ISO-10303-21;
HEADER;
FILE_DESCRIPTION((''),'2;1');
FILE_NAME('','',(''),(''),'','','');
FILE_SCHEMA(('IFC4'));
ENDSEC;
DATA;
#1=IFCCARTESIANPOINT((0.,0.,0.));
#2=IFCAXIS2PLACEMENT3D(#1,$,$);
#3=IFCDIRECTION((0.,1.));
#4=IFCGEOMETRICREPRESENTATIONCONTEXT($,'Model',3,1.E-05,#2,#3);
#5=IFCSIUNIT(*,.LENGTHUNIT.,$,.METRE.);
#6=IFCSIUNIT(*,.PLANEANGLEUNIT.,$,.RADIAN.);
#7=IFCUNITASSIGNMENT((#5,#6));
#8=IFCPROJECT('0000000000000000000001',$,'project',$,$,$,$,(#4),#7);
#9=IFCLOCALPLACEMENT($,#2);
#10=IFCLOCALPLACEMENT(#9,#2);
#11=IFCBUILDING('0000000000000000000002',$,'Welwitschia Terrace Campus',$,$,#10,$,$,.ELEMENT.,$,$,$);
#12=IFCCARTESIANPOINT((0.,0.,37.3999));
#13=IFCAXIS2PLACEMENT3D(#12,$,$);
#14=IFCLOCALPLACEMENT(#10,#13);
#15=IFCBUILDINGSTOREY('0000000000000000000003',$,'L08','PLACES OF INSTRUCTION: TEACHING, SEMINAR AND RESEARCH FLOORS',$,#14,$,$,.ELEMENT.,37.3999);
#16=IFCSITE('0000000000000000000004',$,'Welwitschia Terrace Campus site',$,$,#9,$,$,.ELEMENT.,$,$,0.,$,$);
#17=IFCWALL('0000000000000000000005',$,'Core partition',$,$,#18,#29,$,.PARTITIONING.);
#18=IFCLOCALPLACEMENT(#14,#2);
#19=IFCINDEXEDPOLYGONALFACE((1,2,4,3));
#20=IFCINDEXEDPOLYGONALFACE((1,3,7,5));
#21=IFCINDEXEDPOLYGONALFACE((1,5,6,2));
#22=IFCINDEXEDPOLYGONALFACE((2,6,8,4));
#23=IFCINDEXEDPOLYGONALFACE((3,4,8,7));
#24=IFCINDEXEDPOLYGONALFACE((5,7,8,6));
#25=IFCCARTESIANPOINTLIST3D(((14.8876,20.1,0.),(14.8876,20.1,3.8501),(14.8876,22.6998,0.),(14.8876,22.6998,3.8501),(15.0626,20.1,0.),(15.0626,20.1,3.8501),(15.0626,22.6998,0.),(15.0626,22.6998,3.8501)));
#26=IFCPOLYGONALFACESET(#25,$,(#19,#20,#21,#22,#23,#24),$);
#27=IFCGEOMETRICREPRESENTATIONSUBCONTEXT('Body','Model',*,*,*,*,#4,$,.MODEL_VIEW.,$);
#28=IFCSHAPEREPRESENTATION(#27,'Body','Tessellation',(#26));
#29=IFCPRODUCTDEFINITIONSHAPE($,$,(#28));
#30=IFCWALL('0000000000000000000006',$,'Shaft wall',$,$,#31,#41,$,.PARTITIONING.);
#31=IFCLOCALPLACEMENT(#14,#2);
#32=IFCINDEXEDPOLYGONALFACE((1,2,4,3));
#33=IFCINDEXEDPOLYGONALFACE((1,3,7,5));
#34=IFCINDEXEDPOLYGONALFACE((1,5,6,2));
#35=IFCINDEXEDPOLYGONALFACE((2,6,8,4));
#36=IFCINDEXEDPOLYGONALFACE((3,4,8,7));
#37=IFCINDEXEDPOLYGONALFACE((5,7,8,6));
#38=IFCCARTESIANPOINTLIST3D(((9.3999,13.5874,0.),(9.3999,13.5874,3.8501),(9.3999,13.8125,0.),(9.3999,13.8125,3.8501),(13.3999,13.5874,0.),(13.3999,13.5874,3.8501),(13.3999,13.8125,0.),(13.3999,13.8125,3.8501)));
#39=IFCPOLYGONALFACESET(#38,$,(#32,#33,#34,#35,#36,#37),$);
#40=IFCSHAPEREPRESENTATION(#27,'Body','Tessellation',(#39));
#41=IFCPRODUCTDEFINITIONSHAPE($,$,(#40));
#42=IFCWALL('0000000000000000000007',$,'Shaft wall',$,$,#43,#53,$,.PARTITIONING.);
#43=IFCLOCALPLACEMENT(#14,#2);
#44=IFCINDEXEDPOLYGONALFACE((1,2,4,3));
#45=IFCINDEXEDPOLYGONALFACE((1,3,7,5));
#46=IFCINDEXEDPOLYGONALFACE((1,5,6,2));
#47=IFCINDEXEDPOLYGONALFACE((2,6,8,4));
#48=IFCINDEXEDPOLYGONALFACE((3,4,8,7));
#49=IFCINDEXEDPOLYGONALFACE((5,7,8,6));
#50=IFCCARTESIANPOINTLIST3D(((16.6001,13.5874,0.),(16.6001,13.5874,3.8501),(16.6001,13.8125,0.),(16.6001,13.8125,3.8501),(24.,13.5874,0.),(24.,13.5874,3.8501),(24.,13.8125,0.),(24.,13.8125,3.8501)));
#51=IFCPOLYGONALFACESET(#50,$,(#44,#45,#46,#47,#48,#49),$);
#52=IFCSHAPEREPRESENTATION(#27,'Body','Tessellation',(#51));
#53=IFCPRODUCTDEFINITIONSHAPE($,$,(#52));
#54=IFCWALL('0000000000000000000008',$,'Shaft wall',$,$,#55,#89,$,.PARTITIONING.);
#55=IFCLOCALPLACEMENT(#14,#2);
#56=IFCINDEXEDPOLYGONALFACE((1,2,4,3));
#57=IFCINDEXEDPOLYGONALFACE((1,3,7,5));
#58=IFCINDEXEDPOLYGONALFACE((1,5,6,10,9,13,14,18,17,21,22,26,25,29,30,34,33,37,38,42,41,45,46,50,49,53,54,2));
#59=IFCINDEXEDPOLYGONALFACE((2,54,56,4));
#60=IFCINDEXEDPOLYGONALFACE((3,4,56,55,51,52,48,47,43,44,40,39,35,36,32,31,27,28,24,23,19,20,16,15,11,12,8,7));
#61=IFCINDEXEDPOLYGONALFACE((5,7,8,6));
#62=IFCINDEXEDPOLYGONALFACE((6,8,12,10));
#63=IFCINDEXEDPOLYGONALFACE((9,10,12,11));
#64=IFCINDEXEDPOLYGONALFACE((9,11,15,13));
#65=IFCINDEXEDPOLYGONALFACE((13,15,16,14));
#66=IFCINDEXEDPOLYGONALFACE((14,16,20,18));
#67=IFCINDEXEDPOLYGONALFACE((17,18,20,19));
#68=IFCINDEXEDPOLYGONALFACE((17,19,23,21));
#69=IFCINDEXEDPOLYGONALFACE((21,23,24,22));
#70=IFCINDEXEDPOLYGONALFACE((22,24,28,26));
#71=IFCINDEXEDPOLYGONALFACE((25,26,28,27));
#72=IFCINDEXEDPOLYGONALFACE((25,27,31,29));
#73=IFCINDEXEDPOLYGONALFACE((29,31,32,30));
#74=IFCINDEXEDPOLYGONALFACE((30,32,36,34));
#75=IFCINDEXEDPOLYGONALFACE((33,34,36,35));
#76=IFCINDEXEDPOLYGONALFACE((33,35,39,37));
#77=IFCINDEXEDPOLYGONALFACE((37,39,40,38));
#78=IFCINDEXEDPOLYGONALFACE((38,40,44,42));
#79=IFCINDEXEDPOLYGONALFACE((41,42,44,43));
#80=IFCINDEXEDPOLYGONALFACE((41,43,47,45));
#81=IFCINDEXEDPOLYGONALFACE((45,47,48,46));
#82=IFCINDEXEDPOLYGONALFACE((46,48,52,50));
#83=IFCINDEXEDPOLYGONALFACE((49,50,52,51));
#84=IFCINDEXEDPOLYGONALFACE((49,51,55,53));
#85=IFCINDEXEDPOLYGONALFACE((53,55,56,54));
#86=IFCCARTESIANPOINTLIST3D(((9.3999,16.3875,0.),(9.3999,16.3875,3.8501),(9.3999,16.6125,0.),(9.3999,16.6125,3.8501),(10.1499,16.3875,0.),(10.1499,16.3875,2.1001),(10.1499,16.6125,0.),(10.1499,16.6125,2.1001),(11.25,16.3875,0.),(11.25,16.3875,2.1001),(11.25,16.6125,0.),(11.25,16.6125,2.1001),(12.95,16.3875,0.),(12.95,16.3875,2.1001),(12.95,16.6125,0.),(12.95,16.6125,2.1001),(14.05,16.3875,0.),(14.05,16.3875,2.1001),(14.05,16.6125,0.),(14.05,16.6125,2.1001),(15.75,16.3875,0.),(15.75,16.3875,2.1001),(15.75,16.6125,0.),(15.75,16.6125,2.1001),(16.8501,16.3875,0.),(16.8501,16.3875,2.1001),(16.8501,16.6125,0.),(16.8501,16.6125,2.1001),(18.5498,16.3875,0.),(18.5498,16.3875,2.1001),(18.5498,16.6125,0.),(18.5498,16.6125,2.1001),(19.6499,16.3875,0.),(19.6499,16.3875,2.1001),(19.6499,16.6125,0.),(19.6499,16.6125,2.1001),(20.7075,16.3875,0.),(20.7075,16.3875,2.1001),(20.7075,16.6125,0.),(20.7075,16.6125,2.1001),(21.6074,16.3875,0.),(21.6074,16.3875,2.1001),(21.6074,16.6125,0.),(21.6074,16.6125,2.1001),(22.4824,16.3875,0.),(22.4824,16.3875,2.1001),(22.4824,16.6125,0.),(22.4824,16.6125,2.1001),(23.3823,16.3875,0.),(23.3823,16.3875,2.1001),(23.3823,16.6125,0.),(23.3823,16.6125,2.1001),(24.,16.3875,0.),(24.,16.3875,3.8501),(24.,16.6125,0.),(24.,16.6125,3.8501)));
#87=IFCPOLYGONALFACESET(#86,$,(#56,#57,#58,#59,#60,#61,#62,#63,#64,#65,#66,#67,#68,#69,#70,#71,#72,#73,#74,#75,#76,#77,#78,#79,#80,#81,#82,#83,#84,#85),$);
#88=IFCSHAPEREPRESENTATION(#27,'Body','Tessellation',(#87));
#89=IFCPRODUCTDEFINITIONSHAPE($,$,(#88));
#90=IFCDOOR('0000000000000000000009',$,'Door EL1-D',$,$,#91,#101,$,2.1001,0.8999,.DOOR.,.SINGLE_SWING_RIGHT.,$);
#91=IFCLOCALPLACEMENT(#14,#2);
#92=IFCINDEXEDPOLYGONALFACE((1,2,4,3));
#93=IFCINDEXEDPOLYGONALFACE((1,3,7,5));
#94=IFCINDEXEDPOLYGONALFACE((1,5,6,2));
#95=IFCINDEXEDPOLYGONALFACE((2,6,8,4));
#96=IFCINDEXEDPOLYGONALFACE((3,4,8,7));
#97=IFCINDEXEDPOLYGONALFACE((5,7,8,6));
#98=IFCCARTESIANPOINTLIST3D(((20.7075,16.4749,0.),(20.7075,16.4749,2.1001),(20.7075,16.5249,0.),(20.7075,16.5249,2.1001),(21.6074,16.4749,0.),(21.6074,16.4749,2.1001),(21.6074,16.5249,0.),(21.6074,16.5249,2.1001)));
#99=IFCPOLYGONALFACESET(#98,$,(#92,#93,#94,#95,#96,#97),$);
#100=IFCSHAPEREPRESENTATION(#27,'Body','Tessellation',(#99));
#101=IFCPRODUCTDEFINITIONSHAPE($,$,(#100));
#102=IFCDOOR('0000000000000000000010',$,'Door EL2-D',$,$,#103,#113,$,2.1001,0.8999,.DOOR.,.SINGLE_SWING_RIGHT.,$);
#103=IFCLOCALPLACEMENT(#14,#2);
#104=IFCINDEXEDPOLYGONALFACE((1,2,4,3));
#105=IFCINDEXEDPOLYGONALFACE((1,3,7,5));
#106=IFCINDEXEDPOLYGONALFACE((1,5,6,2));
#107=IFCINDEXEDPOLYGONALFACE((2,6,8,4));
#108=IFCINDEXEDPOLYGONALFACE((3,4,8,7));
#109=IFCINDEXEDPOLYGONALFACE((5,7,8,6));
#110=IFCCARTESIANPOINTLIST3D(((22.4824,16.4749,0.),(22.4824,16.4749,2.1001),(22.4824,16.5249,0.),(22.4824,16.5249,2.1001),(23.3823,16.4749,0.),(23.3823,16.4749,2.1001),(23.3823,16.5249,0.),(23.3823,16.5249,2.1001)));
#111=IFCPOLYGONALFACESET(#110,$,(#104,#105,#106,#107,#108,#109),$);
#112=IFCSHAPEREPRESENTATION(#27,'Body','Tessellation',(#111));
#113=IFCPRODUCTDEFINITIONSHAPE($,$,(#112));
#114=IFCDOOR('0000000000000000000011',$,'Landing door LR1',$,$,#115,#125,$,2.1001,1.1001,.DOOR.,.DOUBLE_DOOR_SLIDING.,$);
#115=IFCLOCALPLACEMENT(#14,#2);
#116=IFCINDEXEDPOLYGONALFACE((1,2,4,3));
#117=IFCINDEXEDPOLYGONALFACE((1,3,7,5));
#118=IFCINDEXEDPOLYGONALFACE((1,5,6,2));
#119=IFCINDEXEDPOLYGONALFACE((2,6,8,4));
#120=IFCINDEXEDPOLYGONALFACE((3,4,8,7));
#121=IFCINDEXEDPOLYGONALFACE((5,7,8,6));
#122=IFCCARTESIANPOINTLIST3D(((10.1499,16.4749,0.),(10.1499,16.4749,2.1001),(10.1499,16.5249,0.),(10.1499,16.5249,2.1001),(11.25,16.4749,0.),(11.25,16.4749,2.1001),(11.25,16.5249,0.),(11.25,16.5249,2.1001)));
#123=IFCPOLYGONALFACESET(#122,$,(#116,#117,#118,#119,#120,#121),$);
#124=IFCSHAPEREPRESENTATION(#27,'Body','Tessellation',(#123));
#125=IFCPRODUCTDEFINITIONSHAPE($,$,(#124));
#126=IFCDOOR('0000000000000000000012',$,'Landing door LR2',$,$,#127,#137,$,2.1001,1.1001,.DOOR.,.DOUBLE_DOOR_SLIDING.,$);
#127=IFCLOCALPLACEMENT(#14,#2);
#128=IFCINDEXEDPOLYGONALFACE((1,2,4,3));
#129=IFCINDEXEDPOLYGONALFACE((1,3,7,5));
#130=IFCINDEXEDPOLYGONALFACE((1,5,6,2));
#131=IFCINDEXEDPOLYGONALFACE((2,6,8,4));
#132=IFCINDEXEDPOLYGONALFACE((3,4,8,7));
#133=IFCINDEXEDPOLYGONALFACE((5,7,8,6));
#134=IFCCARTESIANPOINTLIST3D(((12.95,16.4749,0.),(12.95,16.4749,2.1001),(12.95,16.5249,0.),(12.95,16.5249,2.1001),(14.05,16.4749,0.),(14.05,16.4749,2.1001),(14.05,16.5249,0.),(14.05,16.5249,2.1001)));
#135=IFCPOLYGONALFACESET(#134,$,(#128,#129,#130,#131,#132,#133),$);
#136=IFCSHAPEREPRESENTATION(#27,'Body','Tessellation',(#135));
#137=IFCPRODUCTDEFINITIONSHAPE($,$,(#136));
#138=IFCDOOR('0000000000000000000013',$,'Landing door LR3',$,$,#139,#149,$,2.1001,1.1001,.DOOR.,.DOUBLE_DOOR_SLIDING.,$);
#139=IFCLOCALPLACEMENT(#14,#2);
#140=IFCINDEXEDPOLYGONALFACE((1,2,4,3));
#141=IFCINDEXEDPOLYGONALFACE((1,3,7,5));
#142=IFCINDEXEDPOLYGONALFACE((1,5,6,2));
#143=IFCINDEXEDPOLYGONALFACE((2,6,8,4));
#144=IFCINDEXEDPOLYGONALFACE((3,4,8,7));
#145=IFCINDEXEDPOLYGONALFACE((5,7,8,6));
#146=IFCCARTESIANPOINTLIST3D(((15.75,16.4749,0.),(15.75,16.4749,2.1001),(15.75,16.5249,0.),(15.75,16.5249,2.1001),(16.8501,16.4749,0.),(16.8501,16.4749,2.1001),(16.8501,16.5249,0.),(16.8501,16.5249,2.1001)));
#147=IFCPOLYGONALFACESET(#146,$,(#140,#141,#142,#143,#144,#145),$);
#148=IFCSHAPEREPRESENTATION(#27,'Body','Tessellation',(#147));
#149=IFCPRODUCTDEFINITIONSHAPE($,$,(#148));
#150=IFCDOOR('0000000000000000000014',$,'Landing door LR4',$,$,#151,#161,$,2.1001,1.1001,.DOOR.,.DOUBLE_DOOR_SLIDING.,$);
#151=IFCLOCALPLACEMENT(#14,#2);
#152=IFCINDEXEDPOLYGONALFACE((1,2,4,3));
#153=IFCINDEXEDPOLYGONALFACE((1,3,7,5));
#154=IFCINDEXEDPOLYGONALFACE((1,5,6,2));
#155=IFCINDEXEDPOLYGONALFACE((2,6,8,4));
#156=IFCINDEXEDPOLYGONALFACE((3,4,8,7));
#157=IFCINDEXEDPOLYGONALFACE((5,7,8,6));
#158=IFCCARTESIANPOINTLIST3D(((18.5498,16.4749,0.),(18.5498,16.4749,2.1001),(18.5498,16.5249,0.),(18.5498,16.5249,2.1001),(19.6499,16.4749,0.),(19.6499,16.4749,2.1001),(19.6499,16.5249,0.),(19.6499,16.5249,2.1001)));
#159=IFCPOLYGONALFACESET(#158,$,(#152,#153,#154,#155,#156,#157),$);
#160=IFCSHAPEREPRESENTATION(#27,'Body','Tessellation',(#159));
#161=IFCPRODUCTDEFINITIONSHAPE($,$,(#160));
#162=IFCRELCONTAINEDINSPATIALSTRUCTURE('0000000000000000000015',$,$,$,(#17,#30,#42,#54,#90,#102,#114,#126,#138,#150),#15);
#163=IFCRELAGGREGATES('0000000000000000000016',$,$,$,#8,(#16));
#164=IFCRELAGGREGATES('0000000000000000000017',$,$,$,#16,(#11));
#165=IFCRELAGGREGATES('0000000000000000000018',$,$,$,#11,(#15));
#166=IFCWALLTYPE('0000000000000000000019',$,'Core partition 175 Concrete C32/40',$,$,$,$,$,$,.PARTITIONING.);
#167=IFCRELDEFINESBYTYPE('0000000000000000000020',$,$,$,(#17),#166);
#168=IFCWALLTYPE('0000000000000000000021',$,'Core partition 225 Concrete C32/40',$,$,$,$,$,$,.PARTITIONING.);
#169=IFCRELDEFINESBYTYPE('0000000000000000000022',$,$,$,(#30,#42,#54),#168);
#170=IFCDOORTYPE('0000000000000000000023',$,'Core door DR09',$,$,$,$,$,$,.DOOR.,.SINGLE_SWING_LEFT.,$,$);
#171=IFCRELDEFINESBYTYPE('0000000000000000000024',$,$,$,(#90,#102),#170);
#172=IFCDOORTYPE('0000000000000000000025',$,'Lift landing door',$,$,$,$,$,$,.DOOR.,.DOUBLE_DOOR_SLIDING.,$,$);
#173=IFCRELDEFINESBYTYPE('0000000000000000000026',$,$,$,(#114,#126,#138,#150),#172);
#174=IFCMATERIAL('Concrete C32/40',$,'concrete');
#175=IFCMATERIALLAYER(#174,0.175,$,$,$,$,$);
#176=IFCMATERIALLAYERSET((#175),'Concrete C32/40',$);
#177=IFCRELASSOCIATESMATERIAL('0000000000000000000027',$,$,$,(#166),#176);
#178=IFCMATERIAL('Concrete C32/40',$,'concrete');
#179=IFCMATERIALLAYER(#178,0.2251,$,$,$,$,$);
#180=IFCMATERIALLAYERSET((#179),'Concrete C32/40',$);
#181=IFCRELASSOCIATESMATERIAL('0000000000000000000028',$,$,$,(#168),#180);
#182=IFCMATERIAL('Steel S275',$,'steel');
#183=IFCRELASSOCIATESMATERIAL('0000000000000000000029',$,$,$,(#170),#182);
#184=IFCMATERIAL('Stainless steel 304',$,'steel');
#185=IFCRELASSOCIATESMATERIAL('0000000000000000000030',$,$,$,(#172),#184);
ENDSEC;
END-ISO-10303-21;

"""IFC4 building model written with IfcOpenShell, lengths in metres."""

from ifc_helpers import new_model, si_unit, direction, frame, frame_2d, origin, place, context, subcontext, project, spatial, rectangle, extrude, material, layer, layer_set, type_object, element, fill, save


model = new_model("IFC4")

# Units and contexts
model_context = context("Model", 3, precision=1e-05, world=origin(), true_north=direction((0.0, 1.0)))
body_context = subcontext(model_context, "Body", "Model", "MODEL_VIEW")
ifc_project = project(units=[si_unit("LENGTHUNIT", "METRE"), si_unit("PLANEANGLEUNIT", "RADIAN")], contexts=[model_context])

# Site, building, storey
site_placement = place(None, origin())
site = spatial("IfcSite", under=ifc_project, at=site_placement, Name="Welwitschia Terrace Campus site", CompositionType="ELEMENT", RefElevation=0.0)
building_placement = place(site_placement, origin())
building = spatial("IfcBuilding", under=site, at=building_placement, Name="Welwitschia Terrace Campus", CompositionType="ELEMENT")
storey_placement = place(building_placement, frame((0.0, 0.0, 37.3999)))
storey = spatial("IfcBuildingStorey", under=building, at=storey_placement, Name="L08", Description="PLACES OF INSTRUCTION: TEACHING, SEMINAR AND RESEARCH FLOORS", CompositionType="ELEMENT", Elevation=37.3999)

# Walls
ifc_material_1 = material(Name="Concrete C32/40", Category="concrete")
ifc_layer_1 = layer(ifc_material_1, 0.175)
ifc_layer_set_1 = layer_set([ifc_layer_1], Name="Concrete C32/40")
wall_type_1 = type_object("IfcWallType", Name="Core partition 175 Concrete C32/40", PredefinedType="PARTITIONING", material=ifc_layer_set_1)
wall_1_placement = place(storey_placement, frame((14.9751, 20.1001, 0.0), z_axis=(0.0, 0.0, 1.0), x_axis=(0.0, 1.0, 0.0)))
element("IfcWall", 1, at=wall_1_placement, inside=storey, type_object=wall_type_1, Name="Core partition", PredefinedType="PARTITIONING", context=body_context, shape_type="SweptSolid", body=[
    extrude(rectangle(XDim=2.5999, YDim=0.175, at=frame_2d((1.2998, 0.0))), origin(), (0.0, 0.0, 1.0), 3.8501),
])
ifc_material_2 = material(Name="Concrete C32/40", Category="concrete")
ifc_layer_2 = layer(ifc_material_2, 0.2251)
ifc_layer_set_2 = layer_set([ifc_layer_2], Name="Concrete C32/40")
wall_type_2 = type_object("IfcWallType", Name="Core partition 225 Concrete C32/40", PredefinedType="PARTITIONING", material=ifc_layer_set_2)
wall_2_placement = place(storey_placement, frame((9.3999, 13.7, 0.0), z_axis=(0.0, 0.0, 1.0), x_axis=(1.0, 0.0, 0.0)))
element("IfcWall", 2, at=wall_2_placement, inside=storey, type_object=wall_type_2, Name="Shaft wall", PredefinedType="PARTITIONING", context=body_context, shape_type="SweptSolid", body=[
    extrude(rectangle(XDim=4.0, YDim=0.2251, at=frame_2d((2.0, 0.0))), origin(), (0.0, 0.0, 1.0), 3.8501),
])
wall_3_placement = place(storey_placement, frame((16.6001, 13.7, 0.0), z_axis=(0.0, 0.0, 1.0), x_axis=(1.0, 0.0, 0.0)))
element("IfcWall", 3, at=wall_3_placement, inside=storey, type_object=wall_type_2, Name="Shaft wall", PredefinedType="PARTITIONING", context=body_context, shape_type="SweptSolid", body=[
    extrude(rectangle(XDim=7.3999, YDim=0.2251, at=frame_2d((3.7, 0.0))), origin(), (0.0, 0.0, 1.0), 3.8501),
])

# Wall, openings, doors
wall_4_placement = place(storey_placement, frame((9.3999, 16.5, 0.0), z_axis=(0.0, 0.0, 1.0), x_axis=(1.0, 0.0, 0.0)))
wall_4 = element("IfcWall", 4, at=wall_4_placement, inside=storey, type_object=wall_type_2, Name="Shaft wall", PredefinedType="PARTITIONING", context=body_context, shape_type="SweptSolid", body=[
    extrude(rectangle(XDim=14.6001, YDim=0.2251, at=frame_2d((7.3, 0.0))), origin(), (0.0, 0.0, 1.0), 3.8501),
])
opening_1_placement = place(wall_4_placement, frame((0.75, 0.0, 0.0)))
opening_1 = element("IfcOpeningElement", 5, at=opening_1_placement, cuts=wall_4, PredefinedType="OPENING", context=body_context, shape_type="SweptSolid", body=[
    extrude(rectangle(XDim=1.1001, YDim=2.1001, at=frame_2d((0.55, 1.05))), frame((0.0, 0.1226, 0.0), z_axis=(0.0, -1.0, 0.0), x_axis=(1.0, 0.0, 0.0)), (0.0, 0.0, 1.0), 0.2451),
])
opening_2_placement = place(wall_4_placement, frame((3.55, 0.0, 0.0)))
opening_2 = element("IfcOpeningElement", 6, at=opening_2_placement, cuts=wall_4, PredefinedType="OPENING", context=body_context, shape_type="SweptSolid", body=[
    extrude(rectangle(XDim=1.1001, YDim=2.1001, at=frame_2d((0.55, 1.05))), frame((0.0, 0.1226, 0.0), z_axis=(0.0, -1.0, 0.0), x_axis=(1.0, 0.0, 0.0)), (0.0, 0.0, 1.0), 0.2451),
])
opening_3_placement = place(wall_4_placement, frame((6.3501, 0.0, 0.0)))
opening_3 = element("IfcOpeningElement", 7, at=opening_3_placement, cuts=wall_4, PredefinedType="OPENING", context=body_context, shape_type="SweptSolid", body=[
    extrude(rectangle(XDim=1.1001, YDim=2.1001, at=frame_2d((0.55, 1.05))), frame((0.0, 0.1226, 0.0), z_axis=(0.0, -1.0, 0.0), x_axis=(1.0, 0.0, 0.0)), (0.0, 0.0, 1.0), 0.2451),
])
opening_4_placement = place(wall_4_placement, frame((9.1499, 0.0, 0.0)))
opening_4 = element("IfcOpeningElement", 8, at=opening_4_placement, cuts=wall_4, PredefinedType="OPENING", context=body_context, shape_type="SweptSolid", body=[
    extrude(rectangle(XDim=1.1001, YDim=2.1001, at=frame_2d((0.55, 1.05))), frame((0.0, 0.1226, 0.0), z_axis=(0.0, -1.0, 0.0), x_axis=(1.0, 0.0, 0.0)), (0.0, 0.0, 1.0), 0.2451),
])
opening_5_placement = place(wall_4_placement, frame((11.3076, 0.0, 0.0)))
opening_5 = element("IfcOpeningElement", 9, at=opening_5_placement, cuts=wall_4, PredefinedType="OPENING", context=body_context, shape_type="SweptSolid", body=[
    extrude(rectangle(XDim=0.8999, YDim=2.1001, at=frame_2d((0.45, 1.05))), frame((0.0, 0.1226, 0.0), z_axis=(0.0, -1.0, 0.0), x_axis=(1.0, 0.0, 0.0)), (0.0, 0.0, 1.0), 0.2451),
])
opening_6_placement = place(wall_4_placement, frame((13.0825, 0.0, 0.0)))
opening_6 = element("IfcOpeningElement", 10, at=opening_6_placement, cuts=wall_4, PredefinedType="OPENING", context=body_context, shape_type="SweptSolid", body=[
    extrude(rectangle(XDim=0.8999, YDim=2.1001, at=frame_2d((0.45, 1.05))), frame((0.0, 0.1226, 0.0), z_axis=(0.0, -1.0, 0.0), x_axis=(1.0, 0.0, 0.0)), (0.0, 0.0, 1.0), 0.2451),
])
ifc_material_3 = material(Name="Steel S275", Category="steel")
door_type_1 = type_object("IfcDoorType", Name="Core door DR09", OperationType="SINGLE_SWING_LEFT", PredefinedType="DOOR", material=ifc_material_3)
door_1_placement = place(opening_5_placement, origin())
door_1 = element("IfcDoor", 11, at=door_1_placement, inside=storey, type_object=door_type_1, Name="Door EL1-D", OperationType="SINGLE_SWING_RIGHT", OverallHeight=2.1001, OverallWidth=0.8999, PredefinedType="DOOR", context=body_context, shape_type="SweptSolid", body=[
    extrude(rectangle(XDim=0.8999, YDim=2.1001, at=frame_2d((0.45, 1.05))), frame((0.0, 0.0249, 0.0), z_axis=(0.0, -1.0, 0.0), x_axis=(1.0, 0.0, 0.0)), (0.0, 0.0, 1.0), 0.05),
])
fill(opening_5, door_1)
door_2_placement = place(opening_6_placement, origin())
door_2 = element("IfcDoor", 12, at=door_2_placement, inside=storey, type_object=door_type_1, Name="Door EL2-D", OperationType="SINGLE_SWING_RIGHT", OverallHeight=2.1001, OverallWidth=0.8999, PredefinedType="DOOR", context=body_context, shape_type="SweptSolid", body=[
    extrude(rectangle(XDim=0.8999, YDim=2.1001, at=frame_2d((0.45, 1.05))), frame((0.0, 0.0249, 0.0), z_axis=(0.0, -1.0, 0.0), x_axis=(1.0, 0.0, 0.0)), (0.0, 0.0, 1.0), 0.05),
])
fill(opening_6, door_2)
ifc_material_4 = material(Name="Stainless steel 304", Category="steel")
door_type_2 = type_object("IfcDoorType", Name="Lift landing door", OperationType="DOUBLE_DOOR_SLIDING", PredefinedType="DOOR", material=ifc_material_4)
door_3_placement = place(opening_1_placement, origin())
door_3 = element("IfcDoor", 13, at=door_3_placement, inside=storey, type_object=door_type_2, Name="Landing door LR1", OperationType="DOUBLE_DOOR_SLIDING", OverallHeight=2.1001, OverallWidth=1.1001, PredefinedType="DOOR", context=body_context, shape_type="SweptSolid", body=[
    extrude(rectangle(XDim=1.1001, YDim=2.1001, at=frame_2d((0.55, 1.05))), frame((0.0, 0.0249, 0.0), z_axis=(0.0, -1.0, 0.0), x_axis=(1.0, 0.0, 0.0)), (0.0, 0.0, 1.0), 0.05),
])
fill(opening_1, door_3)
door_4_placement = place(opening_2_placement, origin())
door_4 = element("IfcDoor", 14, at=door_4_placement, inside=storey, type_object=door_type_2, Name="Landing door LR2", OperationType="DOUBLE_DOOR_SLIDING", OverallHeight=2.1001, OverallWidth=1.1001, PredefinedType="DOOR", context=body_context, shape_type="SweptSolid", body=[
    extrude(rectangle(XDim=1.1001, YDim=2.1001, at=frame_2d((0.55, 1.05))), frame((0.0, 0.0249, 0.0), z_axis=(0.0, -1.0, 0.0), x_axis=(1.0, 0.0, 0.0)), (0.0, 0.0, 1.0), 0.05),
])
fill(opening_2, door_4)
door_5_placement = place(opening_3_placement, origin())
door_5 = element("IfcDoor", 15, at=door_5_placement, inside=storey, type_object=door_type_2, Name="Landing door LR3", OperationType="DOUBLE_DOOR_SLIDING", OverallHeight=2.1001, OverallWidth=1.1001, PredefinedType="DOOR", context=body_context, shape_type="SweptSolid", body=[
    extrude(rectangle(XDim=1.1001, YDim=2.1001, at=frame_2d((0.55, 1.05))), frame((0.0, 0.0249, 0.0), z_axis=(0.0, -1.0, 0.0), x_axis=(1.0, 0.0, 0.0)), (0.0, 0.0, 1.0), 0.05),
])
fill(opening_3, door_5)
door_6_placement = place(opening_4_placement, origin())
door_6 = element("IfcDoor", 16, at=door_6_placement, inside=storey, type_object=door_type_2, Name="Landing door LR4", OperationType="DOUBLE_DOOR_SLIDING", OverallHeight=2.1001, OverallWidth=1.1001, PredefinedType="DOOR", context=body_context, shape_type="SweptSolid", body=[
    extrude(rectangle(XDim=1.1001, YDim=2.1001, at=frame_2d((0.55, 1.05))), frame((0.0, 0.0249, 0.0), z_axis=(0.0, -1.0, 0.0), x_axis=(1.0, 0.0, 0.0)), (0.0, 0.0, 1.0), 0.05),
])
fill(opening_4, door_6)

save(model, "model.ifc")
